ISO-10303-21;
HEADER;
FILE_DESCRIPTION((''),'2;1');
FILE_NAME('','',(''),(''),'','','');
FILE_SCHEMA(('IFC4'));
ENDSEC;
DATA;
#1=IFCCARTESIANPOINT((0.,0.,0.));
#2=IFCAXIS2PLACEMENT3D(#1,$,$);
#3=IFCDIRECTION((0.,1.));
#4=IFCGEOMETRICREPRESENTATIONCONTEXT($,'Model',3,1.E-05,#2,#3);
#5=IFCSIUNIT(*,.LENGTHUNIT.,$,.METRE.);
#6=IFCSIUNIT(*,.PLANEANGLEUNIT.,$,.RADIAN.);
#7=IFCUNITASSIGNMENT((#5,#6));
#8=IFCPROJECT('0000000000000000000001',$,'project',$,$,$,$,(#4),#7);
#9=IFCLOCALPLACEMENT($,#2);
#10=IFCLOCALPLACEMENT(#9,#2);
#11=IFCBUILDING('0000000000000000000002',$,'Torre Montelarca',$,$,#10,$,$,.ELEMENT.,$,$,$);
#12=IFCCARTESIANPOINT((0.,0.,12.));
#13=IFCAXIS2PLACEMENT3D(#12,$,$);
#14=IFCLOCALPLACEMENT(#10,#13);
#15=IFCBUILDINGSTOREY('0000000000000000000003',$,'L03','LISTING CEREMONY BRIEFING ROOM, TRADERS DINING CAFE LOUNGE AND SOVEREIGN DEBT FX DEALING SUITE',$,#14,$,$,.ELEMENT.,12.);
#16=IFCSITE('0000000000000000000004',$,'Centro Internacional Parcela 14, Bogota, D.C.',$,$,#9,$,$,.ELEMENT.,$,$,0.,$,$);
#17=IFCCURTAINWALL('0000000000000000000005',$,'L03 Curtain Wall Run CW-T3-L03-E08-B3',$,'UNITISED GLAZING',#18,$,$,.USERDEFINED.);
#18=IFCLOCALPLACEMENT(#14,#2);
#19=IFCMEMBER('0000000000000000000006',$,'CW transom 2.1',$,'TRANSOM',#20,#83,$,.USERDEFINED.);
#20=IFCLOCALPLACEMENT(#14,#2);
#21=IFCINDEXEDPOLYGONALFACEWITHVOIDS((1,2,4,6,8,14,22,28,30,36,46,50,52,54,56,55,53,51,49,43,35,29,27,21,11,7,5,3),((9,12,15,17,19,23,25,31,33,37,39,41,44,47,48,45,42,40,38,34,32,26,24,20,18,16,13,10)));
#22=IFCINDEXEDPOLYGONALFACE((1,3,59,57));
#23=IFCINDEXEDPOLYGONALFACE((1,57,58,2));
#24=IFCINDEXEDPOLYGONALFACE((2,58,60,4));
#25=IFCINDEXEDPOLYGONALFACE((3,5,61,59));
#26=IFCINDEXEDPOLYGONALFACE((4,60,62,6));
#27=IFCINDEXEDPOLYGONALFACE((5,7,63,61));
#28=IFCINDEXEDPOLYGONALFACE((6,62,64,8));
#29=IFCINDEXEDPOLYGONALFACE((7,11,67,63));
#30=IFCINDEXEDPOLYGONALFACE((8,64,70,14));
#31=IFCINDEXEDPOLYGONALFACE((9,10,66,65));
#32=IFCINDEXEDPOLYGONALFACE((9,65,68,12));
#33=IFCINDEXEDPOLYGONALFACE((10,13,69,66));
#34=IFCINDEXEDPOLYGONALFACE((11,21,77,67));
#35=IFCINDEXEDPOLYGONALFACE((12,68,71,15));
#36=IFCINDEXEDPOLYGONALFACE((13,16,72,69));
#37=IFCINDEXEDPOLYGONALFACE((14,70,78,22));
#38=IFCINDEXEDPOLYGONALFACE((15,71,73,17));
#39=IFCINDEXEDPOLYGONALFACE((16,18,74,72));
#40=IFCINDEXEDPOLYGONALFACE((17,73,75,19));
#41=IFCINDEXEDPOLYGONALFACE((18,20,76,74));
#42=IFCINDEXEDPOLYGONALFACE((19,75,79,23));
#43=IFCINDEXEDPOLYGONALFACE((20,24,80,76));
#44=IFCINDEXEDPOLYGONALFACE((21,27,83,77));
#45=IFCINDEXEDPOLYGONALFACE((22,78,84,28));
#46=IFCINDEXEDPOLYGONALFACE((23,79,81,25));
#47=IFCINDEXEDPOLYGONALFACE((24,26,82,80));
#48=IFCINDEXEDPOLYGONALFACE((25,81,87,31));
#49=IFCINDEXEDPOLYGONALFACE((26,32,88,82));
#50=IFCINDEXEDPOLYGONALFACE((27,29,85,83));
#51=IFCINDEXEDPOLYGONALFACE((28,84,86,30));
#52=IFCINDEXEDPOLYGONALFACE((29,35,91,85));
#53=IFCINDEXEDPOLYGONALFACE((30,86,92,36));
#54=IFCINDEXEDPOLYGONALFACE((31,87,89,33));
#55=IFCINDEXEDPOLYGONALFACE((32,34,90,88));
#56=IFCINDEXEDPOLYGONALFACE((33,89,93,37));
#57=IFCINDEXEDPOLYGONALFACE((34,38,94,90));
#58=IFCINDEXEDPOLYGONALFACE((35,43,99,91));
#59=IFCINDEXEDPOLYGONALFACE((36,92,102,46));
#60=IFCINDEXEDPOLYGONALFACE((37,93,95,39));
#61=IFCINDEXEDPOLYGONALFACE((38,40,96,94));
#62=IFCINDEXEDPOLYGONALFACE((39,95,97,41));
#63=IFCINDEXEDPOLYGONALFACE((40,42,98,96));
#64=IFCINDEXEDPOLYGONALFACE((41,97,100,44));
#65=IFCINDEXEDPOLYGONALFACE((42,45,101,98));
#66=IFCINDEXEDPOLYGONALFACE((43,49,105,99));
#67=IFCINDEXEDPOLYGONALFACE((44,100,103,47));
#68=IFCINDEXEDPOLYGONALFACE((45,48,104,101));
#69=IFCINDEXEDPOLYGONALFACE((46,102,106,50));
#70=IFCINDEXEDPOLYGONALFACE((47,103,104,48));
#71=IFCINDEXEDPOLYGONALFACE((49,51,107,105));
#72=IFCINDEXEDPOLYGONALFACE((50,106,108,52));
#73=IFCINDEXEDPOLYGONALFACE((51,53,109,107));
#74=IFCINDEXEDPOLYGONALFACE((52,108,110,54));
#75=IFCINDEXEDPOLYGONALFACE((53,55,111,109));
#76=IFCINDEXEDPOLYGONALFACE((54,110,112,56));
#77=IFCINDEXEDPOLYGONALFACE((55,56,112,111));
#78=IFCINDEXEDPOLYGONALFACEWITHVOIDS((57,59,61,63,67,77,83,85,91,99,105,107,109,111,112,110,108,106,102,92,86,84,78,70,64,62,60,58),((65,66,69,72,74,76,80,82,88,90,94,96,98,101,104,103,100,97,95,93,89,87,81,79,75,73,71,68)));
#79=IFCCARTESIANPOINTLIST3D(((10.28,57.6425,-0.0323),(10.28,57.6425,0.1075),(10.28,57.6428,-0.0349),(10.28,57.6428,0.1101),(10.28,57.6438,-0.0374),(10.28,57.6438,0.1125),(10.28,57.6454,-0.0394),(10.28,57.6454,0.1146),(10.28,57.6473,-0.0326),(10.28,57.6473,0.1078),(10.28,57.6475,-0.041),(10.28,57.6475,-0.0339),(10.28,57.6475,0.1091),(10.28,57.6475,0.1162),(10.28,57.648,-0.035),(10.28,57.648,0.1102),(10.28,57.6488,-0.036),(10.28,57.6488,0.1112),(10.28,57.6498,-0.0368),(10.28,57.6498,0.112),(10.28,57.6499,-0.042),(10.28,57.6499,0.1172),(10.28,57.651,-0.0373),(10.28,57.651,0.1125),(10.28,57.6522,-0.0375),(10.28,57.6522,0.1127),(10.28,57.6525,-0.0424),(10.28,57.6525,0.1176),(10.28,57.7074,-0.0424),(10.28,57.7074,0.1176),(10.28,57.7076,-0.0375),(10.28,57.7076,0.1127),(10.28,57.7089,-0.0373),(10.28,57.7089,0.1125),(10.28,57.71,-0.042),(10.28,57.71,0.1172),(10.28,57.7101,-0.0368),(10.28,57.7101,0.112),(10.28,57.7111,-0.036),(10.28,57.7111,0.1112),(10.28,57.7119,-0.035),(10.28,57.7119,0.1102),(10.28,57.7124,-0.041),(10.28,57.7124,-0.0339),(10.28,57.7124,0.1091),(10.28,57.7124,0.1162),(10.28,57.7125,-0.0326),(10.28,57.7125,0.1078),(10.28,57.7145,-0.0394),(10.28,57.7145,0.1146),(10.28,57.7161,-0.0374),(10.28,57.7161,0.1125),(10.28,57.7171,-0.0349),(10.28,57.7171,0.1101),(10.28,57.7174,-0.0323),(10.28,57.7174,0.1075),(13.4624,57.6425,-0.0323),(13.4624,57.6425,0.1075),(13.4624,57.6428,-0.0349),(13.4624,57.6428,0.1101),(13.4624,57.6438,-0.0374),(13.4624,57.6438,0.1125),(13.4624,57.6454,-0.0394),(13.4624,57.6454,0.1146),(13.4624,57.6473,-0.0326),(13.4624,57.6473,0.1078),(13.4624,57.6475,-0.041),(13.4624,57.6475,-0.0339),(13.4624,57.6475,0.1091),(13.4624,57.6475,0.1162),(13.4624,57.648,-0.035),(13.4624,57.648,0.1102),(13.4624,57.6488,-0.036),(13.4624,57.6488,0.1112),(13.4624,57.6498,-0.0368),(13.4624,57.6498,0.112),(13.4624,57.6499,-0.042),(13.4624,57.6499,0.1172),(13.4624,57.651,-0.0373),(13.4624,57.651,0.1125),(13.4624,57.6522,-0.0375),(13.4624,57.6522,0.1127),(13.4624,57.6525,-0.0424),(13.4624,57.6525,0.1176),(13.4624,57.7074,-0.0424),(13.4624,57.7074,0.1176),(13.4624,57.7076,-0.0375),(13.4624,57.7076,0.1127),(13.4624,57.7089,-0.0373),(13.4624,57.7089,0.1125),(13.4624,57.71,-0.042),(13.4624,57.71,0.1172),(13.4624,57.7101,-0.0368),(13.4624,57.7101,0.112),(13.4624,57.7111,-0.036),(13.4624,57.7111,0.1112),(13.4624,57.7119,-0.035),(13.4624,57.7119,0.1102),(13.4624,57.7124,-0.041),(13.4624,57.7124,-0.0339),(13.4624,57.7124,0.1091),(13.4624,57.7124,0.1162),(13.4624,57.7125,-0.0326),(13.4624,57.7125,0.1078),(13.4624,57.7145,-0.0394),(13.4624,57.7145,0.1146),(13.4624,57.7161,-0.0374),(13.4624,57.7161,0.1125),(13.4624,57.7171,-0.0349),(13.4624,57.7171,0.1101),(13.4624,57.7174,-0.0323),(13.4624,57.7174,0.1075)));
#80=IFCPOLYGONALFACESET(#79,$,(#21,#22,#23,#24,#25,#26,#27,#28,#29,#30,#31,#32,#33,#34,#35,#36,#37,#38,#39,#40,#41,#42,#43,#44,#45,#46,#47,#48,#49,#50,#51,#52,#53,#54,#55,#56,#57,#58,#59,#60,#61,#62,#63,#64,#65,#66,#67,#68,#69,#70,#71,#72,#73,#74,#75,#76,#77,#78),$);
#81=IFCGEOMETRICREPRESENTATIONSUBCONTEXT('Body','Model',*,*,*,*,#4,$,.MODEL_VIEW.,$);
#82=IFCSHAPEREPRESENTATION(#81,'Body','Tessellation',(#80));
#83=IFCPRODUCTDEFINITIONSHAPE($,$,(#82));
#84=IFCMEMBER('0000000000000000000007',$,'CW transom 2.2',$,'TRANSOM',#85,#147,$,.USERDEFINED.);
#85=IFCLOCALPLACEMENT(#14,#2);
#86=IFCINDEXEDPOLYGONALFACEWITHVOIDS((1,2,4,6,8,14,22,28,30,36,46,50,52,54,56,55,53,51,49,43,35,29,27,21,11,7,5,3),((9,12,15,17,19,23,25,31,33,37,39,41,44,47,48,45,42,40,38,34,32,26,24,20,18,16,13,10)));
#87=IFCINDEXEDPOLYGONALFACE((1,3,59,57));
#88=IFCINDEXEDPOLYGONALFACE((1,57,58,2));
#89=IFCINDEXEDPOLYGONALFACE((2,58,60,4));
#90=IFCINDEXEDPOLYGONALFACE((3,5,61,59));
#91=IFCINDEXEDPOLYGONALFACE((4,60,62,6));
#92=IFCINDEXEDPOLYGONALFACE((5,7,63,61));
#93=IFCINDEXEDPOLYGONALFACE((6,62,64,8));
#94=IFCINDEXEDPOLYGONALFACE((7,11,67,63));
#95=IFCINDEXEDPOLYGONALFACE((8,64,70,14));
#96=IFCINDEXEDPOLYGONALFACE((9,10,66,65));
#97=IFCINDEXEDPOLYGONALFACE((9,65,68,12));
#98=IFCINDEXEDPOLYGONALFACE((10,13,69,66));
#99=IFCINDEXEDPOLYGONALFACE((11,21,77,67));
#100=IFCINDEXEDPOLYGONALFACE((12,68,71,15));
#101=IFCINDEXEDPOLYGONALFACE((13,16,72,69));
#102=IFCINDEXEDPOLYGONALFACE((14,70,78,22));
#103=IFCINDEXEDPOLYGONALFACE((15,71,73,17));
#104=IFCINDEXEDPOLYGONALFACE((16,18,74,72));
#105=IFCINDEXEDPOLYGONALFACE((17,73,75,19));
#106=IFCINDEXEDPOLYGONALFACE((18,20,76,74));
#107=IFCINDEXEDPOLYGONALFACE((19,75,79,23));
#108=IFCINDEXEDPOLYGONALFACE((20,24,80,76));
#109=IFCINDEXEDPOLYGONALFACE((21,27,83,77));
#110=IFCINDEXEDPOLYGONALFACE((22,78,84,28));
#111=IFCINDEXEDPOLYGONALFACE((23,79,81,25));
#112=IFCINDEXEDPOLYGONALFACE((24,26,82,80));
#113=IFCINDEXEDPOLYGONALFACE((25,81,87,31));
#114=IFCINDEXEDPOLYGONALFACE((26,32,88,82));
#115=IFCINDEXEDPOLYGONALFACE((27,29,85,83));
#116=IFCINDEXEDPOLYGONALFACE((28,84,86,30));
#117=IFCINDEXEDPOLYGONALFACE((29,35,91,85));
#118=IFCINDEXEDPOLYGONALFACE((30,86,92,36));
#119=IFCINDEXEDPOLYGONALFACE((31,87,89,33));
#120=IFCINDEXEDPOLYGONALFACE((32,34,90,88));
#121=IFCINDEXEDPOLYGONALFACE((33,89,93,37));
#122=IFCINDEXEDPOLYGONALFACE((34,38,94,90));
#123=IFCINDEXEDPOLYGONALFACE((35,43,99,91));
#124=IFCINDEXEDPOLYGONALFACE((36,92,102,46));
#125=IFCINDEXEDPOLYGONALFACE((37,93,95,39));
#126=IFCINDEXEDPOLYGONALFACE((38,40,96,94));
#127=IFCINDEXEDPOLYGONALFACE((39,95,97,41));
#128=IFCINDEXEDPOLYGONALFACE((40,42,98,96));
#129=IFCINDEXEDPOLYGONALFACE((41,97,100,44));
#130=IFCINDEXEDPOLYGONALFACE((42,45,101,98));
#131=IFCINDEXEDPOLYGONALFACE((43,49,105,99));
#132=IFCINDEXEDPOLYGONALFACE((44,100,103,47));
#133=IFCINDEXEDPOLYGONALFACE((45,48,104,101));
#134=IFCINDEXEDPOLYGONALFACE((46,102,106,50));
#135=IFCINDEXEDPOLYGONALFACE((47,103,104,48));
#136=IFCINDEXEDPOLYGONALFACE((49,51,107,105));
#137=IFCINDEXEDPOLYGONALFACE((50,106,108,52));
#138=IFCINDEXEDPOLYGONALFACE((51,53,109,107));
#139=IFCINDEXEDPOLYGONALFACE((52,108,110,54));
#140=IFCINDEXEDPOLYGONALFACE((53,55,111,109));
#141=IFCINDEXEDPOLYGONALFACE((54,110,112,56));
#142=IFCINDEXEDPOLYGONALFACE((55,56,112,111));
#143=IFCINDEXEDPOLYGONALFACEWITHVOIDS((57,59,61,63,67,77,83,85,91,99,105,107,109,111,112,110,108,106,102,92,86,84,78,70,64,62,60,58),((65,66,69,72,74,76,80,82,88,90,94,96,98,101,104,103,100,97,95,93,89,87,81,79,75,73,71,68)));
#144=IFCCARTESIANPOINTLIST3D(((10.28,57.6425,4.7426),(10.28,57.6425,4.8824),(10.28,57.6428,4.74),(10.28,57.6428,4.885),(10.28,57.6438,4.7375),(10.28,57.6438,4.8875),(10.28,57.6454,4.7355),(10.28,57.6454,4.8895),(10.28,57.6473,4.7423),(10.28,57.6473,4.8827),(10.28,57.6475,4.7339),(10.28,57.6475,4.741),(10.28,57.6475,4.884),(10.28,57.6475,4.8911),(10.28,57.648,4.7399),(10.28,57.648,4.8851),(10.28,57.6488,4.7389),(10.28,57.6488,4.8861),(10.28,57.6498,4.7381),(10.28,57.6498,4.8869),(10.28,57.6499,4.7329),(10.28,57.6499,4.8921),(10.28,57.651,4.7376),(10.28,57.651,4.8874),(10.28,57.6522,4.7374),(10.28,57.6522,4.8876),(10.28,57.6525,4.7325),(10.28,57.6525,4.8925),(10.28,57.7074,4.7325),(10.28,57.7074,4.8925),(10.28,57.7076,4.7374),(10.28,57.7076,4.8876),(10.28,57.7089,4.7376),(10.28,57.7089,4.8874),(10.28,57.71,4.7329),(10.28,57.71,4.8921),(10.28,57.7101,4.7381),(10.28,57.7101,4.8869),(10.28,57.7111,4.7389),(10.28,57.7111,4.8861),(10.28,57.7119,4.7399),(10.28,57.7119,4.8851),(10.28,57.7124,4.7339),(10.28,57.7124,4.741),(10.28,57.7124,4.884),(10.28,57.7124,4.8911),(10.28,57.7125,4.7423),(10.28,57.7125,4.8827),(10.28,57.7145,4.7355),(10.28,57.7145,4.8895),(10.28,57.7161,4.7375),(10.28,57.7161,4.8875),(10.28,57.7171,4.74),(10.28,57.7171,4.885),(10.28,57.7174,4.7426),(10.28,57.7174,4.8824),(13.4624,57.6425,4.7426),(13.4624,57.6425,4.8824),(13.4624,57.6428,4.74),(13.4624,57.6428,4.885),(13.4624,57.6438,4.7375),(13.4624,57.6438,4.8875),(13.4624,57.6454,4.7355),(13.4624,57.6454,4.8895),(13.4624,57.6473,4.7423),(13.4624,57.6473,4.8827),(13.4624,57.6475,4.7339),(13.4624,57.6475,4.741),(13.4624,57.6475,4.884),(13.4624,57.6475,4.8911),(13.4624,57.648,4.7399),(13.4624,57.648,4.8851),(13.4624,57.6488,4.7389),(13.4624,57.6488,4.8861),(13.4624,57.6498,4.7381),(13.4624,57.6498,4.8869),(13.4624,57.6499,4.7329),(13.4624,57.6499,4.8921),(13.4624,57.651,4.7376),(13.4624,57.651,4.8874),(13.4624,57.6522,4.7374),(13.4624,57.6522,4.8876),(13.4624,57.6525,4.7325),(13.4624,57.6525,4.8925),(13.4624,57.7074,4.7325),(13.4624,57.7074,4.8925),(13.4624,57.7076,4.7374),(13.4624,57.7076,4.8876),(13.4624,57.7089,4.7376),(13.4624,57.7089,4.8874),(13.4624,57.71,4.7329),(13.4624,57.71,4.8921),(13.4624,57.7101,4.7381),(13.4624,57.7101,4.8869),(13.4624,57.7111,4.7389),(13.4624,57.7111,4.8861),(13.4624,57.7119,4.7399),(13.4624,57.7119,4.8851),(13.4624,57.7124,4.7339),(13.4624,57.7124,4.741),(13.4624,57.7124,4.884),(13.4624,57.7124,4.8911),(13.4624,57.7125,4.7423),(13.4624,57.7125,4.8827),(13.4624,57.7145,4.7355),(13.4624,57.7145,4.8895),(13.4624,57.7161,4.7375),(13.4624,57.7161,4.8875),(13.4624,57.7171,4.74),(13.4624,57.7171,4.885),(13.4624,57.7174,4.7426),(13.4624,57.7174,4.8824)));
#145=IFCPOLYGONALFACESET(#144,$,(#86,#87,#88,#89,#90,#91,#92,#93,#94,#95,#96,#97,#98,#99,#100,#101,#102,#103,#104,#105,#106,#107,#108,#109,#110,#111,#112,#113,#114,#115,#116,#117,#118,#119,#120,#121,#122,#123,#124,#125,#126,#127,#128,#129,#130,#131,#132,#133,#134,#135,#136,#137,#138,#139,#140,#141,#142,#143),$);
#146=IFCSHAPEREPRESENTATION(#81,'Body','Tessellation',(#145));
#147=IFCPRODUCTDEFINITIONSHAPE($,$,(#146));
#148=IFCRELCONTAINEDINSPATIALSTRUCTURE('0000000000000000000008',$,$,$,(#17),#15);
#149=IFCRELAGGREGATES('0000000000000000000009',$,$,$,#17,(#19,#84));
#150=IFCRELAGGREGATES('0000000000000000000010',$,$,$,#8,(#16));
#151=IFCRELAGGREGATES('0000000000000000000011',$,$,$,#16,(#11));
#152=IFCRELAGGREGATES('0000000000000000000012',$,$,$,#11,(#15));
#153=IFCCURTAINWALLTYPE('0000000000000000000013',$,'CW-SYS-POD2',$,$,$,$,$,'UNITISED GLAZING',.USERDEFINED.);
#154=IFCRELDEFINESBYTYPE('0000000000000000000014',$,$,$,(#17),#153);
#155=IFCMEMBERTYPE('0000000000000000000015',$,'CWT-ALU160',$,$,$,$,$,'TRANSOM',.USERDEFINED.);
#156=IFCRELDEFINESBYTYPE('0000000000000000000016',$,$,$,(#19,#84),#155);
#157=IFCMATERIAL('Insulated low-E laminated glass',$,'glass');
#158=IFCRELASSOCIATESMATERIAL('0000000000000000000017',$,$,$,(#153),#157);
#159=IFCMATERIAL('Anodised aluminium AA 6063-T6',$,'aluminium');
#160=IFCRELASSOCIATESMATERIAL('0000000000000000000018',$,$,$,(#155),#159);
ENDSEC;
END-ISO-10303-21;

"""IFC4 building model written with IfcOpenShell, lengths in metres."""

from ifc_helpers import new_model, si_unit, direction, frame, origin, origin_2d, place, context, subcontext, project, spatial, hollow_rectangle, extrude, source, transform, mapped, material, material_profile, profile_set, type_object, element, aggregate, save


model = new_model("IFC4")

# Units and contexts
model_context = context("Model", 3, precision=1e-05, world=origin(), true_north=direction((0.0, 1.0)))
body_context = subcontext(model_context, "Body", "Model", "MODEL_VIEW")
ifc_project = project(units=[si_unit("LENGTHUNIT", "METRE"), si_unit("PLANEANGLEUNIT", "RADIAN")], contexts=[model_context])

# Site, building, storey
site_placement = place(None, origin())
site = spatial("IfcSite", under=ifc_project, at=site_placement, Name="Centro Internacional Parcela 14, Bogota, D.C.", CompositionType="ELEMENT", RefElevation=0.0)
building_placement = place(site_placement, origin())
building = spatial("IfcBuilding", under=site, at=building_placement, Name="Torre Montelarca", CompositionType="ELEMENT")
storey_placement = place(building_placement, frame((0.0, 0.0, 12.0)))
storey = spatial("IfcBuildingStorey", under=building, at=storey_placement, Name="L03", Description="LISTING CEREMONY BRIEFING ROOM, TRADERS DINING CAFE LOUNGE AND SOVEREIGN DEBT FX DEALING SUITE", CompositionType="ELEMENT", Elevation=12.0)

# Curtain wall, members
ifc_material_1 = material(Name="Insulated low-E laminated glass", Category="glass")
curtain_wall_type = type_object("IfcCurtainWallType", Name="CW-SYS-POD2", ElementType="UNITISED GLAZING", PredefinedType="USERDEFINED", material=ifc_material_1)
curtain_wall_1_placement = place(storey_placement, origin())
curtain_wall_1 = element("IfcCurtainWall", 1, at=curtain_wall_1_placement, inside=storey, type_object=curtain_wall_type, Name="L03 Curtain Wall Run CW-T3-L03-E08-B3", ObjectType="UNITISED GLAZING", PredefinedType="USERDEFINED")
ifc_material_2 = material(Name="Anodised aluminium AA 6063-T6", Category="aluminium")
ifc_material_profile_1 = material_profile(ifc_material_2, hollow_rectangle(XDim=0.075, YDim=0.1599, WallThickness=0.0049, InnerFilletRadius=0.0049, OuterFilletRadius=0.01, at=origin_2d()), Name="ALU75X160X5", Category="aluminium")
ifc_profile_set_1 = profile_set([ifc_material_profile_1], Name="Anodised aluminium AA 6063-T6")
member_type_1 = type_object("IfcMemberType", Name="CWT-ALU160", ElementType="TRANSOM", PredefinedType="USERDEFINED", material=ifc_profile_set_1)
shared_shape_1 = source(origin(), body_context, "Body", "SweptSolid", [
    extrude(hollow_rectangle(XDim=0.075, YDim=0.1599, WallThickness=0.0049, InnerFilletRadius=0.0049, OuterFilletRadius=0.01, at=origin_2d()), origin(), (0.0, 0.0, 1.0), 3.1824),
])
member_1_placement = place(storey_placement, frame((13.4624, 57.6799, 0.0376), z_axis=(-1.0, 0.0, 0.0), x_axis=(0.0, -1.0, 0.0)))
member_1 = element("IfcMember", 2, at=member_1_placement, type_object=member_type_1, Name="CW transom 2.1", ObjectType="TRANSOM", PredefinedType="USERDEFINED", context=body_context, shape_type="MappedRepresentation", body=[
    mapped(shared_shape_1, transform((0.0, 0.0, 0.0), scale=1.0)),
])
member_2_placement = place(storey_placement, frame((13.4624, 57.6799, 4.8125), z_axis=(-1.0, 0.0, 0.0), x_axis=(0.0, -1.0, 0.0)))
member_2 = element("IfcMember", 3, at=member_2_placement, type_object=member_type_1, Name="CW transom 2.2", ObjectType="TRANSOM", PredefinedType="USERDEFINED", context=body_context, shape_type="MappedRepresentation", body=[
    mapped(shared_shape_1, transform((0.0, 0.0, 0.0), scale=1.0)),
])

aggregate(curtain_wall_1, [member_1, member_2])

save(model, "model.ifc")
